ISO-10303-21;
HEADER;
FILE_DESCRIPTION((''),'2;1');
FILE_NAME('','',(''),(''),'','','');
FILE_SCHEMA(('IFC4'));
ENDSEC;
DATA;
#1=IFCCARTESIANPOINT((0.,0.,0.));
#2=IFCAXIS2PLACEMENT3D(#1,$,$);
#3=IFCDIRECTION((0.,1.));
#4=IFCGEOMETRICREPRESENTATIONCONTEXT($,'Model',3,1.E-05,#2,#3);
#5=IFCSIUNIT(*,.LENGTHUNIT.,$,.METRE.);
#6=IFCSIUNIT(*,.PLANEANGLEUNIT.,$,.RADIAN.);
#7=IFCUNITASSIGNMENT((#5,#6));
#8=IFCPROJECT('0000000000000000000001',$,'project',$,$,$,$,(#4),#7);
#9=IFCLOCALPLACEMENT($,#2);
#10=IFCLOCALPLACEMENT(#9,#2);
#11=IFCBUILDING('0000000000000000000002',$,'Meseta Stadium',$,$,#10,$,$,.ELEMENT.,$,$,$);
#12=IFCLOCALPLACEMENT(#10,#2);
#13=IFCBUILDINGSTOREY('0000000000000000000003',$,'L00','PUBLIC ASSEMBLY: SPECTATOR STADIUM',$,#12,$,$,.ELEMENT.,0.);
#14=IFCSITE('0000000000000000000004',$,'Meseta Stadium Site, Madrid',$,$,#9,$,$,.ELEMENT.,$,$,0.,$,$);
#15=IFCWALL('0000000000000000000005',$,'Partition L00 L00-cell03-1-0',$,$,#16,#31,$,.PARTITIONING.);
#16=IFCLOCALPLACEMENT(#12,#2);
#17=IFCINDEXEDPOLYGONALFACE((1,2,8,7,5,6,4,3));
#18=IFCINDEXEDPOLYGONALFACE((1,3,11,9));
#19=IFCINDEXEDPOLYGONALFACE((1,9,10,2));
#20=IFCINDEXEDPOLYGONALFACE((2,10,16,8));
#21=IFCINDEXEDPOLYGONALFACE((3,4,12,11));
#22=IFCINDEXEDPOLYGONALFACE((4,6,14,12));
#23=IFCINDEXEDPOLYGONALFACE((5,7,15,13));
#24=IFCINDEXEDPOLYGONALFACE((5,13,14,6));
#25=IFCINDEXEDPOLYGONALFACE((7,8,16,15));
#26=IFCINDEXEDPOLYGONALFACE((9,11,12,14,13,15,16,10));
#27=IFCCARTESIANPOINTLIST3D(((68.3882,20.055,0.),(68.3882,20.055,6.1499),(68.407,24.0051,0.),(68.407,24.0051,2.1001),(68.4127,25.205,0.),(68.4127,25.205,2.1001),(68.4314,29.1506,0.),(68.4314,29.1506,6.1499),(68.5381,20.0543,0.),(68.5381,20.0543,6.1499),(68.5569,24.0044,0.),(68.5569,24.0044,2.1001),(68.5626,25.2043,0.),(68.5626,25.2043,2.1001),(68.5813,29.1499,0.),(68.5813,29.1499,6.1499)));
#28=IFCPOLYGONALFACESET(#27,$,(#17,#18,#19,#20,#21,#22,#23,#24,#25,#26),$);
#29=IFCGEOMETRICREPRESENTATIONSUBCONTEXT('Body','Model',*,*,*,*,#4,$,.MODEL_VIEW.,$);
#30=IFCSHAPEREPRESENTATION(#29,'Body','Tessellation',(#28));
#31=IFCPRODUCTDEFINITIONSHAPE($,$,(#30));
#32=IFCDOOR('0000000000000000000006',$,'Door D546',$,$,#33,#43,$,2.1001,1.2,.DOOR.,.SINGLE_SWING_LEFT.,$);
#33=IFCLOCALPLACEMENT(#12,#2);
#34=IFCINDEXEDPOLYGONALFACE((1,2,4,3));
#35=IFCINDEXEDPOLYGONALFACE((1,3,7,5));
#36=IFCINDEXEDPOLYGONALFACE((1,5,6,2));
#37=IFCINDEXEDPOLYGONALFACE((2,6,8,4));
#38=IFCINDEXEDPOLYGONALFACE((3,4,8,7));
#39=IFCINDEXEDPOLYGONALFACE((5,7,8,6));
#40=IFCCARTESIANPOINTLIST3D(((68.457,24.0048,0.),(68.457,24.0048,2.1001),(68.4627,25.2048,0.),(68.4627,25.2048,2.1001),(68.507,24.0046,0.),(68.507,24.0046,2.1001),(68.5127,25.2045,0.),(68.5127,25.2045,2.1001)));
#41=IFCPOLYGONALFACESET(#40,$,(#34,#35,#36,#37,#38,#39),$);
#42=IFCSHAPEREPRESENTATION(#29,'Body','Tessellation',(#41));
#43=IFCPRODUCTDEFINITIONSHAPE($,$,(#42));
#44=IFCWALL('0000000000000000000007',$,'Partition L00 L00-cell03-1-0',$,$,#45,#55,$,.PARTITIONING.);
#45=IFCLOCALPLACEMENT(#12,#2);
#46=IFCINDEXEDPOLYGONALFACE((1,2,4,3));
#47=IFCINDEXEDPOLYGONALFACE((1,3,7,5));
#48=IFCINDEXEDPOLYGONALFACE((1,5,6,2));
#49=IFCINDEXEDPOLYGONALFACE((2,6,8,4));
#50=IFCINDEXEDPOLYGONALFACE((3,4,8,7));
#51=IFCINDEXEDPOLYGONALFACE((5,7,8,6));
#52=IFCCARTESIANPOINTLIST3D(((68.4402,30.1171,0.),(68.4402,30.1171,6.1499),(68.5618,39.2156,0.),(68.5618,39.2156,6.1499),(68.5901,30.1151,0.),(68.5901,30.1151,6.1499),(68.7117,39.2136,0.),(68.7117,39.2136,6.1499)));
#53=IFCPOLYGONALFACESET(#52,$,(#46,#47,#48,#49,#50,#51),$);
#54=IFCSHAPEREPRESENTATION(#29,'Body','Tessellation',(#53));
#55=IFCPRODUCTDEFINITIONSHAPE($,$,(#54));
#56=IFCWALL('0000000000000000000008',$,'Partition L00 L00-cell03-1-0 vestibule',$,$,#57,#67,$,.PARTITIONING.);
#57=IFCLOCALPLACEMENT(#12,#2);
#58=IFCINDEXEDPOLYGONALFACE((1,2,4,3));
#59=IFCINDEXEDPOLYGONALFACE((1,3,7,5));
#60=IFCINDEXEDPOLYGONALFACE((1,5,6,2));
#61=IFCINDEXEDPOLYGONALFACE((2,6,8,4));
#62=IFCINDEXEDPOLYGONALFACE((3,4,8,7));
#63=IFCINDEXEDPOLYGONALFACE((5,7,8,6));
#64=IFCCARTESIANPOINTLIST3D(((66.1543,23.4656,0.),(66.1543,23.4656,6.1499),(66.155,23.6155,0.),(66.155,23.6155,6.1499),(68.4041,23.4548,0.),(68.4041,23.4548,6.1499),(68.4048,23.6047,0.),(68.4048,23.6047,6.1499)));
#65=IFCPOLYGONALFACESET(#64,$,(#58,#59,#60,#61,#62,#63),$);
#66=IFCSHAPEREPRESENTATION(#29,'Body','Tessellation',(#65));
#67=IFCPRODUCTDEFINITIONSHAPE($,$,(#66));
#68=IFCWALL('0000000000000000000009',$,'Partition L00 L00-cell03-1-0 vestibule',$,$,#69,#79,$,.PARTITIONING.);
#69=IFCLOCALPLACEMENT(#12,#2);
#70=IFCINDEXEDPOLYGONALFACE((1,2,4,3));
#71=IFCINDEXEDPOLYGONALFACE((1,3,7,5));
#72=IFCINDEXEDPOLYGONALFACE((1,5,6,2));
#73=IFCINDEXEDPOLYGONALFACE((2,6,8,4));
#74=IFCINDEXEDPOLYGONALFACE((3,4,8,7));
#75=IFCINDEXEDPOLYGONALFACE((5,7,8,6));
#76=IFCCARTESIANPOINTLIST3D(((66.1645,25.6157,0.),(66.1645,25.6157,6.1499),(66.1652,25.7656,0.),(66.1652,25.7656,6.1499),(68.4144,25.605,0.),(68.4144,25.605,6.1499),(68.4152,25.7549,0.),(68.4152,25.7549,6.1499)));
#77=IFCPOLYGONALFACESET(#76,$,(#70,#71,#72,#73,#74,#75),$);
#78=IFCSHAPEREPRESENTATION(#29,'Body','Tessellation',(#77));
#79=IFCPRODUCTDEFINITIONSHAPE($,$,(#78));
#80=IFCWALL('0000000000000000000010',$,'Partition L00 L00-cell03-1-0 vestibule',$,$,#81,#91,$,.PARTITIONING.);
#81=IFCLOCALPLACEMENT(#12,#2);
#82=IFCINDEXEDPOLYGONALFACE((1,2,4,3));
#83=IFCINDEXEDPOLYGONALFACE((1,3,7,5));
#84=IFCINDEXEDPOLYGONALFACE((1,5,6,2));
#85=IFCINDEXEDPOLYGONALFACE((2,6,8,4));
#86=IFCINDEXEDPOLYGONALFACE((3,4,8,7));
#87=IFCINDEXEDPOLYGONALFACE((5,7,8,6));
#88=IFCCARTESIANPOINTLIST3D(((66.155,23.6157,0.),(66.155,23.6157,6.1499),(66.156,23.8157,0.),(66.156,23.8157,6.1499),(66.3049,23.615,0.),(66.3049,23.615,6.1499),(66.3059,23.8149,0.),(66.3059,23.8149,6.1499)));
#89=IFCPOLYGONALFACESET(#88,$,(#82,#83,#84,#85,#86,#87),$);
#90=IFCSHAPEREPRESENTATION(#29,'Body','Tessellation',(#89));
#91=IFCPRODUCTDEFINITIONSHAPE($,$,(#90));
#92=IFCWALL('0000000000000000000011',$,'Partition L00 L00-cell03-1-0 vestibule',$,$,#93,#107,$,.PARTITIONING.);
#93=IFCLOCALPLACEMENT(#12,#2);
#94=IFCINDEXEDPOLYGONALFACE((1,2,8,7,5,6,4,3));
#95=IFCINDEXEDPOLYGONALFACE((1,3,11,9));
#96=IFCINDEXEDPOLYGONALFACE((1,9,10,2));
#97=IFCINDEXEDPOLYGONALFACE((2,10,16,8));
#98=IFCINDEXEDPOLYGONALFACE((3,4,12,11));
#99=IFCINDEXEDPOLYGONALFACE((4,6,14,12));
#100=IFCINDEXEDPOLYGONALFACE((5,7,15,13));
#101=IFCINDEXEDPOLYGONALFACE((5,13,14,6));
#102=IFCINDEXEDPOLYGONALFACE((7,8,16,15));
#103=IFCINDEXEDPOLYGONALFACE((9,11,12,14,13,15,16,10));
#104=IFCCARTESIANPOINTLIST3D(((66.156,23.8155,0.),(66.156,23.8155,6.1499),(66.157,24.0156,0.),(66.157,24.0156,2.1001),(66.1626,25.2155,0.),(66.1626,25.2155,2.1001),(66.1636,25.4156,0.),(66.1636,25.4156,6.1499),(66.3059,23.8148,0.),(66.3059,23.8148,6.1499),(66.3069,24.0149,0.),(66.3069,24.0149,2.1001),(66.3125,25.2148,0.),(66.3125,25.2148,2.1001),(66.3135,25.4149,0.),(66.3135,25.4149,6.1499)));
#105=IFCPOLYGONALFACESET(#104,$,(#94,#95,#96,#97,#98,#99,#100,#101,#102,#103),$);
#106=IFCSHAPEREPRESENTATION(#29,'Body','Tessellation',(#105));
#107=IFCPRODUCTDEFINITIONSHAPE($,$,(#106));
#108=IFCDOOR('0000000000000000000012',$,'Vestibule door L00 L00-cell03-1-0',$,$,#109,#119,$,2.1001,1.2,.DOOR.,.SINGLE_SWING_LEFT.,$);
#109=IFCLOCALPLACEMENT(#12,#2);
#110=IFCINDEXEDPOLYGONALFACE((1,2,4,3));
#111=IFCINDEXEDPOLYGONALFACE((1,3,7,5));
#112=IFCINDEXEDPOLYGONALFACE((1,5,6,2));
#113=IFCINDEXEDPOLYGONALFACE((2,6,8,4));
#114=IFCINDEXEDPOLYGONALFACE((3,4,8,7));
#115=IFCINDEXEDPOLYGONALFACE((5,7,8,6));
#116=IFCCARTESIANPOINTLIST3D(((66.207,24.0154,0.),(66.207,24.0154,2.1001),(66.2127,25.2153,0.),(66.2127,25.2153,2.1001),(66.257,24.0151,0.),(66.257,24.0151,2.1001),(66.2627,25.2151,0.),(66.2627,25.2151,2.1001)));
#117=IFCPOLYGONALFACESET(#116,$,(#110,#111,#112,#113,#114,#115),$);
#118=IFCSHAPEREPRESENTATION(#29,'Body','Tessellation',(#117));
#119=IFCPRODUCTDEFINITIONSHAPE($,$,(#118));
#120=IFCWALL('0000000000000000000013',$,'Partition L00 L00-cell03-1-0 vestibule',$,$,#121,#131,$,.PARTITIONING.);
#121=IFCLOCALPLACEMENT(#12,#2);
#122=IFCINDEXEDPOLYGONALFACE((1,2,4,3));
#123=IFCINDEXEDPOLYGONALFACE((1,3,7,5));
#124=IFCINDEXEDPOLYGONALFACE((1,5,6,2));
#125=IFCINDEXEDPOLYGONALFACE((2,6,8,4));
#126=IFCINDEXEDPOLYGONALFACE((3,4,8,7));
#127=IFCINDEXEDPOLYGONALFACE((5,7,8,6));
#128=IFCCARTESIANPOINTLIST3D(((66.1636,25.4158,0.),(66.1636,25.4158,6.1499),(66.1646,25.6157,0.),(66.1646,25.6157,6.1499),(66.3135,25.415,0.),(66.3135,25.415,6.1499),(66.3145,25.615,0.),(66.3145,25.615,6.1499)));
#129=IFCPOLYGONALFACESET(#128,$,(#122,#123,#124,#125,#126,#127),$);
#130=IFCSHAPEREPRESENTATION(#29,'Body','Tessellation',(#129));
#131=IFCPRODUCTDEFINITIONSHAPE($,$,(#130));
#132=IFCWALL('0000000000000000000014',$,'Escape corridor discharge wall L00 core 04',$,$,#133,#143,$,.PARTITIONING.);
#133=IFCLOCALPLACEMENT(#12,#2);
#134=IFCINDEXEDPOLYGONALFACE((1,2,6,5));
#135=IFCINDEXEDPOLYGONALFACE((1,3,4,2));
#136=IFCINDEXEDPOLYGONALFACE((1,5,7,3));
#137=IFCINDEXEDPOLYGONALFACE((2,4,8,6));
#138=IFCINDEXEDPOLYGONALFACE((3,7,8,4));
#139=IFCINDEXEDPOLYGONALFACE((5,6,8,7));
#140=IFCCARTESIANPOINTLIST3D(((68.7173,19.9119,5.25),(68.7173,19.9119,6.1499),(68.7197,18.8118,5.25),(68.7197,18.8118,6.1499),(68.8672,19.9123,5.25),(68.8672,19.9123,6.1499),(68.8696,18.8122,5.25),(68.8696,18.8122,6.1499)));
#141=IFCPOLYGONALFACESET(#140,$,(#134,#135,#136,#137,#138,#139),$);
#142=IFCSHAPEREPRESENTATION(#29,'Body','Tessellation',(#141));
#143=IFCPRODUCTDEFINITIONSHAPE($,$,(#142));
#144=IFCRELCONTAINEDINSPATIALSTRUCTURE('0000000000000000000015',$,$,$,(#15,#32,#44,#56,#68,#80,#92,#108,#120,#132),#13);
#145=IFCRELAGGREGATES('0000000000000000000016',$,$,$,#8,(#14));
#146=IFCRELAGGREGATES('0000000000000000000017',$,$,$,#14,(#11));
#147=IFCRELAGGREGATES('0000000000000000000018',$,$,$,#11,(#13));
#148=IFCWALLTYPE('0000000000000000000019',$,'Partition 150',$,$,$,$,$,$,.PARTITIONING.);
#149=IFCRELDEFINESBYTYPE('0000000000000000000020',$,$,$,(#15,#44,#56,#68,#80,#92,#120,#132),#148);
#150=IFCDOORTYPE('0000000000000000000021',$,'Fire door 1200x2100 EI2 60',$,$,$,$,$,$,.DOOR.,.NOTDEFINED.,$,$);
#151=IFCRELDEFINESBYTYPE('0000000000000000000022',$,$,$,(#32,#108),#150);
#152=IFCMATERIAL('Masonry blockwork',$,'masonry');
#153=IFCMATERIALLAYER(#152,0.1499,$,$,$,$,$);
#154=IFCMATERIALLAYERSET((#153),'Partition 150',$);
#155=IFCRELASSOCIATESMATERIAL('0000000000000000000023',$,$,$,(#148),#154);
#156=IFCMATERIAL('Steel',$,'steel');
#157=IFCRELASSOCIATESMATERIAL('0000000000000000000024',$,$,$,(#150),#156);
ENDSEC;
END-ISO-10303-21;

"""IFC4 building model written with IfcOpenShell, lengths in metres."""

from ifc_helpers import new_model, si_unit, direction, frame, frame_2d, origin, place, context, subcontext, project, spatial, rectangle, extrude, material, layer, layer_set, type_object, element, fill, save


model = new_model("IFC4")

# Units and contexts
model_context = context("Model", 3, precision=1e-05, world=origin(), true_north=direction((0.0, 1.0)))
body_context = subcontext(model_context, "Body", "Model", "MODEL_VIEW")
ifc_project = project(units=[si_unit("LENGTHUNIT", "METRE"), si_unit("PLANEANGLEUNIT", "RADIAN")], contexts=[model_context])

# Site, building, storey
site_placement = place(None, origin())
site = spatial("IfcSite", under=ifc_project, at=site_placement, Name="Meseta Stadium Site, Madrid", CompositionType="ELEMENT", RefElevation=0.0)
building_placement = place(site_placement, origin())
building = spatial("IfcBuilding", under=site, at=building_placement, Name="Meseta Stadium", CompositionType="ELEMENT")
storey_placement = place(building_placement, origin())
storey = spatial("IfcBuildingStorey", under=building, at=storey_placement, Name="L00", Description="PUBLIC ASSEMBLY: SPECTATOR STADIUM", CompositionType="ELEMENT", Elevation=0.0)

# Shared definitions
ifc_material_1 = material(Name="Masonry blockwork", Category="masonry")
ifc_layer = layer(ifc_material_1, 0.1499)
ifc_layer_set = layer_set([ifc_layer], Name="Partition 150")
wall_type = type_object("IfcWallType", Name="Partition 150", PredefinedType="PARTITIONING", material=ifc_layer_set)

# Wall, opening, door
wall_1_placement = place(storey_placement, frame((68.4631, 20.0547, 0.0), z_axis=(0.0, 0.0, 1.0), x_axis=(0.004751, 0.999989, 0.0)))
wall_1 = element("IfcWall", 1, at=wall_1_placement, inside=storey, type_object=wall_type, Name="Partition L00 L00-cell03-1-0", PredefinedType="PARTITIONING", context=body_context, shape_type="SweptSolid", body=[
    extrude(rectangle(XDim=9.0957, YDim=0.1499, at=frame_2d((4.5479, 0.0))), origin(), (0.0, 0.0, 1.0), 6.1499),
])
opening_1_placement = place(wall_1_placement, frame((3.95, 0.0, 0.0)))
opening_1 = element("IfcOpeningElement", 2, at=opening_1_placement, cuts=wall_1, PredefinedType="OPENING", context=body_context, shape_type="SweptSolid", body=[
    extrude(rectangle(XDim=1.2, YDim=2.1001, at=frame_2d((0.6001, 1.05))), frame((0.0, 0.085, 0.0), z_axis=(0.0, -1.0, 0.0), x_axis=(1.0, 0.0, 0.0)), (0.0, 0.0, 1.0), 0.1699),
])
ifc_material_2 = material(Name="Steel", Category="steel")
door_type = type_object("IfcDoorType", Name="Fire door 1200x2100 EI2 60", OperationType="NOTDEFINED", PredefinedType="DOOR", material=ifc_material_2)
door_1_placement = place(opening_1_placement, origin())
door_1 = element("IfcDoor", 3, at=door_1_placement, inside=storey, type_object=door_type, Name="Door D546", OperationType="SINGLE_SWING_LEFT", OverallHeight=2.1001, OverallWidth=1.2, PredefinedType="DOOR", context=body_context, shape_type="SweptSolid", body=[
    extrude(rectangle(XDim=1.2, YDim=2.1001, at=frame_2d((0.6001, 1.05))), frame((0.0, 0.0249, 0.0), z_axis=(0.0, -1.0, 0.0), x_axis=(1.0, 0.0, 0.0)), (0.0, 0.0, 1.0), 0.05),
])
fill(opening_1, door_1)

# Walls
wall_2_placement = place(storey_placement, frame((68.5151, 30.116, 0.0), z_axis=(0.0, 0.0, 1.0), x_axis=(0.013361, 0.999911, 0.0)))
element("IfcWall", 4, at=wall_2_placement, inside=storey, type_object=wall_type, Name="Partition L00 L00-cell03-1-0", PredefinedType="PARTITIONING", context=body_context, shape_type="SweptSolid", body=[
    extrude(rectangle(XDim=9.0994, YDim=0.1499, at=frame_2d((4.5498, 0.0))), origin(), (0.0, 0.0, 1.0), 6.1499),
])
wall_3_placement = place(storey_placement, frame((68.4045, 23.5298, 0.0), z_axis=(0.0, 0.0, 1.0), x_axis=(-0.999989, 0.004775, 0.0)))
element("IfcWall", 5, at=wall_3_placement, inside=storey, type_object=wall_type, Name="Partition L00 L00-cell03-1-0 vestibule", PredefinedType="PARTITIONING", context=body_context, shape_type="SweptSolid", body=[
    extrude(rectangle(XDim=2.2498, YDim=0.1499, at=frame_2d((1.125, 0.0))), origin(), (0.0, 0.0, 1.0), 6.1499),
])
wall_4_placement = place(storey_placement, frame((68.4148, 25.6799, 0.0), z_axis=(0.0, 0.0, 1.0), x_axis=(-0.999989, 0.004774, 0.0)))
element("IfcWall", 6, at=wall_4_placement, inside=storey, type_object=wall_type, Name="Partition L00 L00-cell03-1-0 vestibule", PredefinedType="PARTITIONING", context=body_context, shape_type="SweptSolid", body=[
    extrude(rectangle(XDim=2.25, YDim=0.1499, at=frame_2d((1.125, 0.0))), origin(), (0.0, 0.0, 1.0), 6.1499),
])
wall_5_placement = place(storey_placement, frame((66.23, 23.6152, 0.0), z_axis=(0.0, 0.0, 1.0), x_axis=(0.004884, 0.999988, 0.0)))
element("IfcWall", 7, at=wall_5_placement, inside=storey, type_object=wall_type, Name="Partition L00 L00-cell03-1-0 vestibule", PredefinedType="PARTITIONING", context=body_context, shape_type="SweptSolid", body=[
    extrude(rectangle(XDim=0.2, YDim=0.1499, at=frame_2d((0.1001, 0.0))), origin(), (0.0, 0.0, 1.0), 6.1499),
])

# Wall, opening, door
wall_6_placement = place(storey_placement, frame((66.231, 23.8152, 0.0), z_axis=(0.0, 0.0, 1.0), x_axis=(0.00473, 0.999989, 0.0)))
wall_6 = element("IfcWall", 8, at=wall_6_placement, inside=storey, type_object=wall_type, Name="Partition L00 L00-cell03-1-0 vestibule", PredefinedType="PARTITIONING", context=body_context, shape_type="SweptSolid", body=[
    extrude(rectangle(XDim=1.6001, YDim=0.1499, at=frame_2d((0.8, 0.0))), origin(), (0.0, 0.0, 1.0), 6.1499),
])
opening_2_placement = place(wall_6_placement, frame((0.2, 0.0, 0.0)))
opening_2 = element("IfcOpeningElement", 9, at=opening_2_placement, cuts=wall_6, PredefinedType="OPENING", context=body_context, shape_type="SweptSolid", body=[
    extrude(rectangle(XDim=1.2, YDim=2.1001, at=frame_2d((0.6001, 1.05))), frame((0.0, 0.085, 0.0), z_axis=(0.0, -1.0, 0.0), x_axis=(1.0, 0.0, 0.0)), (0.0, 0.0, 1.0), 0.1699),
])
door_2_placement = place(opening_2_placement, origin())
door_2 = element("IfcDoor", 10, at=door_2_placement, inside=storey, type_object=door_type, Name="Vestibule door L00 L00-cell03-1-0", OperationType="SINGLE_SWING_LEFT", OverallHeight=2.1001, OverallWidth=1.2, PredefinedType="DOOR", context=body_context, shape_type="SweptSolid", body=[
    extrude(rectangle(XDim=1.2, YDim=2.1001, at=frame_2d((0.6001, 1.05))), frame((0.0, 0.0249, 0.0), z_axis=(0.0, -1.0, 0.0), x_axis=(1.0, 0.0, 0.0)), (0.0, 0.0, 1.0), 0.05),
])
fill(opening_2, door_2)

# Walls
wall_7_placement = place(storey_placement, frame((66.2385, 25.4153, 0.0), z_axis=(0.0, 0.0, 1.0), x_axis=(0.004884, 0.999988, 0.0)))
element("IfcWall", 11, at=wall_7_placement, inside=storey, type_object=wall_type, Name="Partition L00 L00-cell03-1-0 vestibule", PredefinedType="PARTITIONING", context=body_context, shape_type="SweptSolid", body=[
    extrude(rectangle(XDim=0.2, YDim=0.1499, at=frame_2d((0.1001, 0.0))), origin(), (0.0, 0.0, 1.0), 6.1499),
])
wall_8_placement = place(storey_placement, frame((68.7947, 18.812, 5.25), z_axis=(0.0, 0.0, 1.0), x_axis=(-0.002219, 0.999998, 0.0)))
element("IfcWall", 12, at=wall_8_placement, inside=storey, type_object=wall_type, Name="Escape corridor discharge wall L00 core 04", PredefinedType="PARTITIONING", context=body_context, shape_type="SweptSolid", body=[
    extrude(rectangle(XDim=1.1001, YDim=0.1499, at=frame_2d((0.55, 0.0))), origin(), (0.0, 0.0, 1.0), 0.8999),
])

save(model, "model.ifc")
